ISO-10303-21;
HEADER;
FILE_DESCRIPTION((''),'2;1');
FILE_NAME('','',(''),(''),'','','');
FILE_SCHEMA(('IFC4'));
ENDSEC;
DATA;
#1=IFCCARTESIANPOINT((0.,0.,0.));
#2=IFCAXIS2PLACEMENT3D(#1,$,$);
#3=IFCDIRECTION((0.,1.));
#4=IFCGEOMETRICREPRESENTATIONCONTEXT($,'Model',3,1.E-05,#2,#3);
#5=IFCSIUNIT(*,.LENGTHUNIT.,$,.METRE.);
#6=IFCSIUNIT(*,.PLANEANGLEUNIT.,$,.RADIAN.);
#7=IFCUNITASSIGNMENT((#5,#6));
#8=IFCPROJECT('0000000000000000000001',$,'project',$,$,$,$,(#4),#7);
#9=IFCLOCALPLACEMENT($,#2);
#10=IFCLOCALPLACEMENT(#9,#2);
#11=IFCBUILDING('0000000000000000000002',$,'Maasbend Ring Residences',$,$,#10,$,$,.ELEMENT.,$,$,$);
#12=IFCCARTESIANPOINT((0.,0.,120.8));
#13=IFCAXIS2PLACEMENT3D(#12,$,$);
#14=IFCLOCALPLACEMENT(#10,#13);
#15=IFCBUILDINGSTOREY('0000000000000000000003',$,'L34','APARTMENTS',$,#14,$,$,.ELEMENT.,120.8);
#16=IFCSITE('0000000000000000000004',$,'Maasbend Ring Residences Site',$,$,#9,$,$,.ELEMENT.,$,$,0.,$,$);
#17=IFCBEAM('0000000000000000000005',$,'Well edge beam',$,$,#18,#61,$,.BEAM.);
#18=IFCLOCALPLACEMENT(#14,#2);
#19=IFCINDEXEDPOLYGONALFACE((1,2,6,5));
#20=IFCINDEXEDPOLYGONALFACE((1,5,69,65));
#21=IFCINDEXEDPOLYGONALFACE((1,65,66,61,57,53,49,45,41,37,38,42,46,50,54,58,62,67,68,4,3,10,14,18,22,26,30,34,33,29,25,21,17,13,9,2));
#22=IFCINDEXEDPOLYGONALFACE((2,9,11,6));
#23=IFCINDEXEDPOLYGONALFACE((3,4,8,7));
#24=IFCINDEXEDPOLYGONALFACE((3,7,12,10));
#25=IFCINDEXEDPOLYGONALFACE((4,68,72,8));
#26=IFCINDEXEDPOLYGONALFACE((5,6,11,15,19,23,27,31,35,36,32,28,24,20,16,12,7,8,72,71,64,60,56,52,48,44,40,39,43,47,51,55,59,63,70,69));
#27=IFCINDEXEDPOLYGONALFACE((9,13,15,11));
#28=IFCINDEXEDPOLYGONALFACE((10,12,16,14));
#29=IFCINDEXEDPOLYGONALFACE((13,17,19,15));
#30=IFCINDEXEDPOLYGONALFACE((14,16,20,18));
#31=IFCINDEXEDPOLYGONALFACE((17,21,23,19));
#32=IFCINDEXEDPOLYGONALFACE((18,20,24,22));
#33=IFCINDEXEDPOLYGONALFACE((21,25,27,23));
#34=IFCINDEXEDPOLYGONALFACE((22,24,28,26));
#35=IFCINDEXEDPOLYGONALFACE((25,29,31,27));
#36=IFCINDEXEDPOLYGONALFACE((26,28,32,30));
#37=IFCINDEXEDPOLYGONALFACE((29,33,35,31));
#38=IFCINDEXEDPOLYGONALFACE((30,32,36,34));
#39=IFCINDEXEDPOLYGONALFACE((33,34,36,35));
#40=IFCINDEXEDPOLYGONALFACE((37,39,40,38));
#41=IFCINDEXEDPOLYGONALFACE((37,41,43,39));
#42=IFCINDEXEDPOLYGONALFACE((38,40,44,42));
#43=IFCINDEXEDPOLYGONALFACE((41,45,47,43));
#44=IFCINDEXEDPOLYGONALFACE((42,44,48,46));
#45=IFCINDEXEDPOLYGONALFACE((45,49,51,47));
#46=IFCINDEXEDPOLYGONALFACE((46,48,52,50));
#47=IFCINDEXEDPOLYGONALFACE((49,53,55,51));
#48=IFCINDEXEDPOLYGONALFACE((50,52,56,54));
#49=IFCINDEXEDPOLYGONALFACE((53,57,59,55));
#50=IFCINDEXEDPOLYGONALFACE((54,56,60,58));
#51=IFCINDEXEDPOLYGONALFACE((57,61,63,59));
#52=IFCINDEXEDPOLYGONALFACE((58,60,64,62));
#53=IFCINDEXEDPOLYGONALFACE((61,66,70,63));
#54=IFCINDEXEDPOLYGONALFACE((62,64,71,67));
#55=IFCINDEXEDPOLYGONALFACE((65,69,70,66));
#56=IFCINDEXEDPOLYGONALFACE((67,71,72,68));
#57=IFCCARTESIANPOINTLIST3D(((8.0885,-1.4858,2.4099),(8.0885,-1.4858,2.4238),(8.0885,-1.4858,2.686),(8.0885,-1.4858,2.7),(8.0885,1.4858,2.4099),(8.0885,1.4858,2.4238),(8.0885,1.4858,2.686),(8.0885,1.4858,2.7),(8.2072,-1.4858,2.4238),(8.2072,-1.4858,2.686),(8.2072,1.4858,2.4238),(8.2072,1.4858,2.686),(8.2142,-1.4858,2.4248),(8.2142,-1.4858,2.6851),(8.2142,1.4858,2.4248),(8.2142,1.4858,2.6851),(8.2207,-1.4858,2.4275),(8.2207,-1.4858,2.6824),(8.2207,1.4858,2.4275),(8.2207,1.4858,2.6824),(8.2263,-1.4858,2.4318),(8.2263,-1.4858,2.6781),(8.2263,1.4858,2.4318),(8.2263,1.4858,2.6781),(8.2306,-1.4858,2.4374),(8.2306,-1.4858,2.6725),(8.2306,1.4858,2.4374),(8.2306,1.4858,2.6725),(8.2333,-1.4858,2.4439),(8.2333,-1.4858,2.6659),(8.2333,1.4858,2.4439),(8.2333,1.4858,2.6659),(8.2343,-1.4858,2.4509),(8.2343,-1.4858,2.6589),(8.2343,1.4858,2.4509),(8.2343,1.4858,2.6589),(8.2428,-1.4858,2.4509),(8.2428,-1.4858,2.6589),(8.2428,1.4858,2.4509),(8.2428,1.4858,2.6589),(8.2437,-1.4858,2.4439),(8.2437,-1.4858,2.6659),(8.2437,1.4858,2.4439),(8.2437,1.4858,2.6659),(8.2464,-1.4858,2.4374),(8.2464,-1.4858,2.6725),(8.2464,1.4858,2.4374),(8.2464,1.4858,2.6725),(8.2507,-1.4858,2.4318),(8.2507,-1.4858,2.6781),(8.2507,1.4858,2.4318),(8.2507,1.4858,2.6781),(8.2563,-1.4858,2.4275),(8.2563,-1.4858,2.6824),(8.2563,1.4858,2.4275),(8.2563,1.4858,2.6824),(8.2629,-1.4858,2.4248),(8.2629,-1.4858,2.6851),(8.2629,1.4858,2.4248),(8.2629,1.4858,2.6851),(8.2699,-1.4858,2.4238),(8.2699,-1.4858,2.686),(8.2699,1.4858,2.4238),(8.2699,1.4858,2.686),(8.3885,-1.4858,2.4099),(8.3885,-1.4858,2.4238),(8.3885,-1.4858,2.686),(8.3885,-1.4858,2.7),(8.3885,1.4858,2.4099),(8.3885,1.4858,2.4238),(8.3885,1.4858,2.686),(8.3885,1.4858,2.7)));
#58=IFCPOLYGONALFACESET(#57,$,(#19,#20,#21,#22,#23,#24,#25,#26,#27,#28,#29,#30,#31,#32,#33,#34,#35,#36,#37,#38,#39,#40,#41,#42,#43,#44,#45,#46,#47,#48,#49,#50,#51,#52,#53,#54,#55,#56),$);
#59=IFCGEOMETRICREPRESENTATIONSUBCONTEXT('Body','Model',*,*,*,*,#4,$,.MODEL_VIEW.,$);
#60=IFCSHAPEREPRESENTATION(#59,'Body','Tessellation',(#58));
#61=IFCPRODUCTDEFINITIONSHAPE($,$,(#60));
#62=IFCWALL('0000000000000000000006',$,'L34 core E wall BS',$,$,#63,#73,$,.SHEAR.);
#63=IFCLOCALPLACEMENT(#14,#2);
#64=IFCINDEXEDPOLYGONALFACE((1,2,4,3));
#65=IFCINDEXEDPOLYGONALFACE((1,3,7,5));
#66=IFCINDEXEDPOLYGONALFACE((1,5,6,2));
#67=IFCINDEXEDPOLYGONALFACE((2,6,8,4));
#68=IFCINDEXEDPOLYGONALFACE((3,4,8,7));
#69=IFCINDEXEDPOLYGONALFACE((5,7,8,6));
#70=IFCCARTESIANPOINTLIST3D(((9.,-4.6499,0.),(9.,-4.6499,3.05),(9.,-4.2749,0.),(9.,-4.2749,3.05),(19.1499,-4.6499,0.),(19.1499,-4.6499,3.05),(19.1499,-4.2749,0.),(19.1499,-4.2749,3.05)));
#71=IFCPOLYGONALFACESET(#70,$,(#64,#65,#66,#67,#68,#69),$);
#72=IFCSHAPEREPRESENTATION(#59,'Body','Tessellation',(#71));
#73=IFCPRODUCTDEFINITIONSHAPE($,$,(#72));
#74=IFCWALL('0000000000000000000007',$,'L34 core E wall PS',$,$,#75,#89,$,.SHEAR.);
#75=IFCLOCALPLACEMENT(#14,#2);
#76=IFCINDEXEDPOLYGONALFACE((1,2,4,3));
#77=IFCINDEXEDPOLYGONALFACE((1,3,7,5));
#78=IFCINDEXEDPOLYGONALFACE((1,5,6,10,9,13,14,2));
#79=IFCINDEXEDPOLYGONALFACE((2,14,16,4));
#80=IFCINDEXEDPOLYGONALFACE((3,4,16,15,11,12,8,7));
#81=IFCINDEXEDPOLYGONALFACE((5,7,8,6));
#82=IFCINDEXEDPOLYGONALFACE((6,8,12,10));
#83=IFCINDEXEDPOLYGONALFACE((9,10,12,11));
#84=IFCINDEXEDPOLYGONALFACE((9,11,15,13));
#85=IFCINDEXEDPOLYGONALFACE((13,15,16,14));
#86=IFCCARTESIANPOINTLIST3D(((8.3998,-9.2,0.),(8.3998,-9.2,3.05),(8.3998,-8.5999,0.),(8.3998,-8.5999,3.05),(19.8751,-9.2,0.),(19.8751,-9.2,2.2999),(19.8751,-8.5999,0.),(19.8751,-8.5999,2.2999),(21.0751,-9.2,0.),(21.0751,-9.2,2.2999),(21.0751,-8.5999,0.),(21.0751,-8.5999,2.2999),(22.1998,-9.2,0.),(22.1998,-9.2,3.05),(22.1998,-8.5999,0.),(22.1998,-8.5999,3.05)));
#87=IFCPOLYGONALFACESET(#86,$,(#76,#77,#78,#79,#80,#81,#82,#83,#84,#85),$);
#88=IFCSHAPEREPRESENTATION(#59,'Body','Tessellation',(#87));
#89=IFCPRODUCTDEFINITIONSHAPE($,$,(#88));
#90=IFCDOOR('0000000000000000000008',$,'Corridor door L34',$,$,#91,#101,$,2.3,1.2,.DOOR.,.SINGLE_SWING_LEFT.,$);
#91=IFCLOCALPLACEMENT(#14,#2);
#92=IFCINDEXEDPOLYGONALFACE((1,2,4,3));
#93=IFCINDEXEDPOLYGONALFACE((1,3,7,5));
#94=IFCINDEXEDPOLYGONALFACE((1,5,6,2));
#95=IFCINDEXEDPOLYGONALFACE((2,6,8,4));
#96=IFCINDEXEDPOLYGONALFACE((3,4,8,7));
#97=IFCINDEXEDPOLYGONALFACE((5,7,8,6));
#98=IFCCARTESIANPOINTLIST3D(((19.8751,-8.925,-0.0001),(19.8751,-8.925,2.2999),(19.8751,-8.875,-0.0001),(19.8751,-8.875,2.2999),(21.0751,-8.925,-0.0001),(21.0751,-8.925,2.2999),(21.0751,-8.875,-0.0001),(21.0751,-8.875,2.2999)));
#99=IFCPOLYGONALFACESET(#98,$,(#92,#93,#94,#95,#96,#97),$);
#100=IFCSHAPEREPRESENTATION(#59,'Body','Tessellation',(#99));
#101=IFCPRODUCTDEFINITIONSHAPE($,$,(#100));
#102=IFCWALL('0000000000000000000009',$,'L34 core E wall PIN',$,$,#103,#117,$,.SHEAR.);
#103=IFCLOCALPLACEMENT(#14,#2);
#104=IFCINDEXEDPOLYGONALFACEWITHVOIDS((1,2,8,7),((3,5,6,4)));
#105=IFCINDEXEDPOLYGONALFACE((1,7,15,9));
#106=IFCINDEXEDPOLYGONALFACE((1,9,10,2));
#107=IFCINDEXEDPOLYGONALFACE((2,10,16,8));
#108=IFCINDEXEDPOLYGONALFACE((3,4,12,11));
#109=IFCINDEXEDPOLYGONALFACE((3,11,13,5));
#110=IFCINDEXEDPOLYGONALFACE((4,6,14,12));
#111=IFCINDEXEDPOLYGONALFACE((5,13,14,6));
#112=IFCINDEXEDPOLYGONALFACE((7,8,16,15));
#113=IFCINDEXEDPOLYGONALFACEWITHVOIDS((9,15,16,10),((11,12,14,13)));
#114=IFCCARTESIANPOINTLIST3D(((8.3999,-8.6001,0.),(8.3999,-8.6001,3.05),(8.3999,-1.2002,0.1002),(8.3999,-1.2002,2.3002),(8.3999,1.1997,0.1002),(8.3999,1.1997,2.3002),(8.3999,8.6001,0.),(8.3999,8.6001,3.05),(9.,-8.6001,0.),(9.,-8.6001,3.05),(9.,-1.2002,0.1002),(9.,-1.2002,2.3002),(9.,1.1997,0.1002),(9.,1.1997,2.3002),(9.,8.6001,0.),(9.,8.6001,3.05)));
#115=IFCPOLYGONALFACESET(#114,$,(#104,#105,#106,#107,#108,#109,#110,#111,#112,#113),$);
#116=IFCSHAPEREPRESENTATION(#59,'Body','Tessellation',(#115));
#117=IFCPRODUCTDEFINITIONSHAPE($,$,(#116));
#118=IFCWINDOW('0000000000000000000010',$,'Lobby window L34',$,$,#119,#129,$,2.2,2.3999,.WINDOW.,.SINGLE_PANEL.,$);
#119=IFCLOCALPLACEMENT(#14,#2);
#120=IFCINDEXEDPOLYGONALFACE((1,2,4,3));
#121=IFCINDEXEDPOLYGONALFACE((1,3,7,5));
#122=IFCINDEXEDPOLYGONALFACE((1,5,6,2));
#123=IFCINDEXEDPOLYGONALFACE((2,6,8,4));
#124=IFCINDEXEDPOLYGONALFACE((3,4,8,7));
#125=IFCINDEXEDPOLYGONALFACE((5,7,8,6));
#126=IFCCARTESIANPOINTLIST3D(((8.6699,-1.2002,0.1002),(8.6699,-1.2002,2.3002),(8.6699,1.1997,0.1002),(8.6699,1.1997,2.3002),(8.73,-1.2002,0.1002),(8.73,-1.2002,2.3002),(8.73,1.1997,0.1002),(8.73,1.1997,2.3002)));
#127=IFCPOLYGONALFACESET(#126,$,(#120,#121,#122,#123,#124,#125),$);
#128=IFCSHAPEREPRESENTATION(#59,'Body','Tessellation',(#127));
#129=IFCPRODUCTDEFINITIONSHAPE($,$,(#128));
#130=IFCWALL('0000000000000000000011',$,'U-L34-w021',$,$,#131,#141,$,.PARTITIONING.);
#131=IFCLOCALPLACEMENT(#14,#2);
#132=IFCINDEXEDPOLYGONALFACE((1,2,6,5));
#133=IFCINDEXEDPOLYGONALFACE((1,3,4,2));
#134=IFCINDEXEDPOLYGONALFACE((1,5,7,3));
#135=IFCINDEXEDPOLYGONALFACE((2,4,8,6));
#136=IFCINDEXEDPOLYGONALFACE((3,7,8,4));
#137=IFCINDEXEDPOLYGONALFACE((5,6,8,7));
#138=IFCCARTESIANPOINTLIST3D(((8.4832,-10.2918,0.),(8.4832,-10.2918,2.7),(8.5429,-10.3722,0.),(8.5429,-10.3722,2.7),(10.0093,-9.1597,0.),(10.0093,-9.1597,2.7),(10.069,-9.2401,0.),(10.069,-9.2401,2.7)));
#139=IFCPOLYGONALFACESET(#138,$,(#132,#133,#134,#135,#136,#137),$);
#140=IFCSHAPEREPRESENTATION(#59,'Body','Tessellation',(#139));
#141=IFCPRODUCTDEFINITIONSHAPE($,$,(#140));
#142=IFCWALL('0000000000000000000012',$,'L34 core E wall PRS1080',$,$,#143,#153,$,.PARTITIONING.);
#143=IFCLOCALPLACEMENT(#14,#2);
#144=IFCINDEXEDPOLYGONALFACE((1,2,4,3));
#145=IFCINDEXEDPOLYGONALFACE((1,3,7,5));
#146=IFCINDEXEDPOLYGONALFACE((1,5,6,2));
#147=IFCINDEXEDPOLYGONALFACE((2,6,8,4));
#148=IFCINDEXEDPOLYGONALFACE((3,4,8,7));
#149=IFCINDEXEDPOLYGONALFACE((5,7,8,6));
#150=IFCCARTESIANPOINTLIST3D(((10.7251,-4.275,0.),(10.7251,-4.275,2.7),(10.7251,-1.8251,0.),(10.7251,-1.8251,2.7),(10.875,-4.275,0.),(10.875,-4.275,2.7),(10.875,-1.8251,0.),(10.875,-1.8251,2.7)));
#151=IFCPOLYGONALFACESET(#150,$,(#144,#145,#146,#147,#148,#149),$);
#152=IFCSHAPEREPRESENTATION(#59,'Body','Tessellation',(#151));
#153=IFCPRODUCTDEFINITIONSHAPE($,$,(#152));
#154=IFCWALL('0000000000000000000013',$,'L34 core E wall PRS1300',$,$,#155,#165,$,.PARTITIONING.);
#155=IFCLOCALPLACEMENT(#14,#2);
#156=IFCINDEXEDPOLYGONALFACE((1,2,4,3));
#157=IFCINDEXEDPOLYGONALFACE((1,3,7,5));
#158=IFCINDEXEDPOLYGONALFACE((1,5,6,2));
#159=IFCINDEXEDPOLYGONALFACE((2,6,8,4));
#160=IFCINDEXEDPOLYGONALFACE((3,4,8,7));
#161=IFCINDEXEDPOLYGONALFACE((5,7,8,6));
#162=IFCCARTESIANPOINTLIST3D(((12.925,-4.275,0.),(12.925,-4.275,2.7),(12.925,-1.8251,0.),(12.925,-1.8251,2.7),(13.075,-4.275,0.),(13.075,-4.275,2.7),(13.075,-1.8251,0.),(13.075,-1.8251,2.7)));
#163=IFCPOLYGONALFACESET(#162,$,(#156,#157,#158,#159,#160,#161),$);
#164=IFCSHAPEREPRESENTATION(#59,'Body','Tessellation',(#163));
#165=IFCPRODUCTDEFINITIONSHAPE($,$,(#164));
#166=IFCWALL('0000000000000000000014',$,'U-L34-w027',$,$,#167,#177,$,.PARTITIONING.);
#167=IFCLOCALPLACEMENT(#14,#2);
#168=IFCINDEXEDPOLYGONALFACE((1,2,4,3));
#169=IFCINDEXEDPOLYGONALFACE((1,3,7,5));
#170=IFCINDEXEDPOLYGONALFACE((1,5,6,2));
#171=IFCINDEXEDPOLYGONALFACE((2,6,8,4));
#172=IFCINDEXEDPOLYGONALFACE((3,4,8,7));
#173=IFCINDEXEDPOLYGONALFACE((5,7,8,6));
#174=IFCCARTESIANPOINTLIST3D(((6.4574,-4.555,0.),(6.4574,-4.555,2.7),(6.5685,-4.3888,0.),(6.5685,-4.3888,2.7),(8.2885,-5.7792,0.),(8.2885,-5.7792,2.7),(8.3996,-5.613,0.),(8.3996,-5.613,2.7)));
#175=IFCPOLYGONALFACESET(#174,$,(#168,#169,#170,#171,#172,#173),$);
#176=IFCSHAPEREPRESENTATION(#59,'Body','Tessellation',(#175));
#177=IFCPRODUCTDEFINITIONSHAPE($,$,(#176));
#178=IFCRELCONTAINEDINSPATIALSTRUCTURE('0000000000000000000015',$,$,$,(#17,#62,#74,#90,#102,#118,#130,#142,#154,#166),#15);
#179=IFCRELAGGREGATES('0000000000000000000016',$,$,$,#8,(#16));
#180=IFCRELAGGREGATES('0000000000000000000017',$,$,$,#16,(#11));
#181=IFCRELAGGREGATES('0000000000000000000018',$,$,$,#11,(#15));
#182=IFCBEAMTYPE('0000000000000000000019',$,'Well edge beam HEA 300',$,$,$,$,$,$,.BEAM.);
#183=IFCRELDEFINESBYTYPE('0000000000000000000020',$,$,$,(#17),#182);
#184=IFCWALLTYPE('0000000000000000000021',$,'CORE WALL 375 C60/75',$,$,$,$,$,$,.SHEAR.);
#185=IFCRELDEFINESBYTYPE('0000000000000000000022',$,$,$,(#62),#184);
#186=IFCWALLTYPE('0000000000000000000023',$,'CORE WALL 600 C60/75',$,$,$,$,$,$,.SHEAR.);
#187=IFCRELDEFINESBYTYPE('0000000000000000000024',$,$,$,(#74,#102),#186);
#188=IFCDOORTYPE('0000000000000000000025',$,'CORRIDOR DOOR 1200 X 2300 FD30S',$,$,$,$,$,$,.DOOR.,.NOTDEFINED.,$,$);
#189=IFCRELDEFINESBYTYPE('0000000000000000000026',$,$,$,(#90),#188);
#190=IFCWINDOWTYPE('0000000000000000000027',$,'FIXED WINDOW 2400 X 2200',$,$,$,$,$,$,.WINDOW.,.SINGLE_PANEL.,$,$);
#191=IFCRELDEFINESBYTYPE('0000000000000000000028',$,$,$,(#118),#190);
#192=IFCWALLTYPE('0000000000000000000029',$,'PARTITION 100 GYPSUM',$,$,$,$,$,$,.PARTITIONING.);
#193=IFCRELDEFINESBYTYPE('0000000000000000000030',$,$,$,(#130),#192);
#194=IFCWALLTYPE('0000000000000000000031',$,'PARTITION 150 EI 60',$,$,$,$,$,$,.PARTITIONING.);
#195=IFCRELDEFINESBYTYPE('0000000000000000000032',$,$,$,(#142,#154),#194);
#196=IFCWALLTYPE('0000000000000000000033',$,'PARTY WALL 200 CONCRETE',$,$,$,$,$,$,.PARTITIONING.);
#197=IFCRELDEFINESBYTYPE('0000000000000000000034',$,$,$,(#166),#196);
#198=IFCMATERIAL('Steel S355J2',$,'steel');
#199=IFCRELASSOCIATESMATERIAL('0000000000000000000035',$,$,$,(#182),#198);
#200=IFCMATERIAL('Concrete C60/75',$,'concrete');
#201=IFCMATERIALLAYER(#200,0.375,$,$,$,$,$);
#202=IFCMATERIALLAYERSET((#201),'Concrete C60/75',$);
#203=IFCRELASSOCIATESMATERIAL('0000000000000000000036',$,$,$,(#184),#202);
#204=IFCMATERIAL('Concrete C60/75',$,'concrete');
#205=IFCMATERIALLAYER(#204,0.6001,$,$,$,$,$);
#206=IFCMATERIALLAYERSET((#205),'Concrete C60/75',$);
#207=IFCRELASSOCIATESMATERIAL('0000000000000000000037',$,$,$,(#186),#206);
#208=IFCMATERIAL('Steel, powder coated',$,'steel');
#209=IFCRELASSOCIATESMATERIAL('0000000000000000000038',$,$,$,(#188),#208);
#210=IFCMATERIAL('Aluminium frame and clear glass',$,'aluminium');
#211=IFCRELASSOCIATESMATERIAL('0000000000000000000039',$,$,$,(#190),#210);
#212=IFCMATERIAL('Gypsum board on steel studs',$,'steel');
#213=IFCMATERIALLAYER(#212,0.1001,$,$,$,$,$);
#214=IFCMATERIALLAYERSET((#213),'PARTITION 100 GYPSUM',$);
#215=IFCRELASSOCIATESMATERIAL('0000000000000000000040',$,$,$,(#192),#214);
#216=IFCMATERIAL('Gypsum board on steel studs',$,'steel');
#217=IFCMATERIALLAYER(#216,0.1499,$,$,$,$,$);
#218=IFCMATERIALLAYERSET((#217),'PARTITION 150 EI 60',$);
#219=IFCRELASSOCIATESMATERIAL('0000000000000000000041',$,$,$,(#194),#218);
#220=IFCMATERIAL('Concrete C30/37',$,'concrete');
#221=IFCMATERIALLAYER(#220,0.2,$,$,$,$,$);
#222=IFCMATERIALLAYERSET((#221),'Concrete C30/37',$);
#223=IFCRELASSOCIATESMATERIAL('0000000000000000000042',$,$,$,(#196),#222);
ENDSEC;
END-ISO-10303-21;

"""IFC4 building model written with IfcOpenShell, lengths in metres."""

from ifc_helpers import new_model, si_unit, direction, frame, frame_2d, origin, origin_2d, place, context, subcontext, project, spatial, rectangle, i_section, extrude, material, layer, layer_set, material_profile, profile_set, type_object, element, fill, save


model = new_model("IFC4")

# Units and contexts
model_context = context("Model", 3, precision=1e-05, world=origin(), true_north=direction((0.0, 1.0)))
body_context = subcontext(model_context, "Body", "Model", "MODEL_VIEW")
ifc_project = project(units=[si_unit("LENGTHUNIT", "METRE"), si_unit("PLANEANGLEUNIT", "RADIAN")], contexts=[model_context])

# Site, building, storey
site_placement = place(None, origin())
site = spatial("IfcSite", under=ifc_project, at=site_placement, Name="Maasbend Ring Residences Site", CompositionType="ELEMENT", RefElevation=0.0)
building_placement = place(site_placement, origin())
building = spatial("IfcBuilding", under=site, at=building_placement, Name="Maasbend Ring Residences", CompositionType="ELEMENT")
storey_placement = place(building_placement, frame((0.0, 0.0, 120.8)))
storey = spatial("IfcBuildingStorey", under=building, at=storey_placement, Name="L34", Description="APARTMENTS", CompositionType="ELEMENT", Elevation=120.8)

# Beam
ifc_material_1 = material(Name="Steel S355J2", Category="steel")
ifc_material_profile_1 = material_profile(ifc_material_1, i_section(OverallWidth=0.3, OverallDepth=0.29, WebThickness=0.0085, FlangeThickness=0.0139, FilletRadius=0.0271, at=origin_2d()), Name="HEA 300")
ifc_profile_set_1 = profile_set([ifc_material_profile_1], Name="Steel S355J2")
beam_type = type_object("IfcBeamType", Name="Well edge beam HEA 300", PredefinedType="BEAM", material=ifc_profile_set_1)
for number, where, z_axis, x_axis, name in (
    (1, (8.2385, -1.4858, 2.5549), (0.0, 1.0, 0.0), (-1.0, 0.0, 0.0), "Well edge beam"),
):
    element("IfcBeam", number, at=place(storey_placement, frame(where, z_axis=z_axis, x_axis=x_axis)), inside=storey, type_object=beam_type, Name=name, PredefinedType="BEAM", context=body_context, shape_type="SweptSolid", body=[
        extrude(i_section(OverallWidth=0.3, OverallDepth=0.29, WebThickness=0.0085, FlangeThickness=0.0139, FilletRadius=0.0271, at=origin_2d()), origin(), (0.0, 0.0, 1.0), 2.9717),
    ])

# Wall
ifc_material_2 = material(Name="Concrete C60/75", Category="concrete")
ifc_layer_1 = layer(ifc_material_2, 0.375)
ifc_layer_set_1 = layer_set([ifc_layer_1], Name="Concrete C60/75")
wall_type_1 = type_object("IfcWallType", Name="CORE WALL 375 C60/75", PredefinedType="SHEAR", material=ifc_layer_set_1)
wall_1_placement = place(storey_placement, frame((9.0, -4.4624, 0.0), z_axis=(0.0, 0.0, 1.0), x_axis=(1.0, 0.0, 0.0)))
element("IfcWall", 2, at=wall_1_placement, inside=storey, type_object=wall_type_1, Name="L34 core E wall BS", PredefinedType="SHEAR", context=body_context, shape_type="SweptSolid", body=[
    extrude(rectangle(XDim=10.1499, YDim=0.375, at=frame_2d((5.075, 0.0))), origin(), (0.0, 0.0, 1.0), 3.05),
])

# Wall, opening, door
ifc_material_3 = material(Name="Concrete C60/75", Category="concrete")
ifc_layer_2 = layer(ifc_material_3, 0.6001)
ifc_layer_set_2 = layer_set([ifc_layer_2], Name="Concrete C60/75")
wall_type_2 = type_object("IfcWallType", Name="CORE WALL 600 C60/75", PredefinedType="SHEAR", material=ifc_layer_set_2)
wall_2_placement = place(storey_placement, frame((8.3999, -8.8999, 0.0), z_axis=(0.0, 0.0, 1.0), x_axis=(1.0, 0.0, 0.0)))
wall_2 = element("IfcWall", 3, at=wall_2_placement, inside=storey, type_object=wall_type_2, Name="L34 core E wall PS", PredefinedType="SHEAR", context=body_context, shape_type="SweptSolid", body=[
    extrude(rectangle(XDim=13.8, YDim=0.6001, at=frame_2d((6.8999, 0.0))), origin(), (0.0, 0.0, 1.0), 3.05),
])
opening_1_placement = place(wall_2_placement, frame((11.4751, 0.0, 0.0)))
opening_1 = element("IfcOpeningElement", 4, at=opening_1_placement, cuts=wall_2, PredefinedType="OPENING", context=body_context, shape_type="SweptSolid", body=[
    extrude(rectangle(XDim=1.2, YDim=2.3, at=frame_2d((0.6001, 1.1499))), frame((0.0, 0.3101, 0.0), z_axis=(0.0, -1.0, 0.0), x_axis=(1.0, 0.0, 0.0)), (0.0, 0.0, 1.0), 0.6201),
])
ifc_material_4 = material(Name="Steel, powder coated", Category="steel")
door_type = type_object("IfcDoorType", Name="CORRIDOR DOOR 1200 X 2300 FD30S", OperationType="NOTDEFINED", PredefinedType="DOOR", material=ifc_material_4)
door_placement = place(opening_1_placement, origin())
door = element("IfcDoor", 5, at=door_placement, inside=storey, type_object=door_type, Name="Corridor door L34", OperationType="SINGLE_SWING_LEFT", OverallHeight=2.3, OverallWidth=1.2, PredefinedType="DOOR", context=body_context, shape_type="SweptSolid", body=[
    extrude(rectangle(XDim=1.2, YDim=2.3, at=frame_2d((0.6001, 1.1499))), frame((0.0, 0.0249, 0.0), z_axis=(0.0, -1.0, 0.0), x_axis=(1.0, 0.0, 0.0)), (0.0, 0.0, 1.0), 0.05),
])
fill(opening_1, door)

# Wall, opening, window
wall_3_placement = place(storey_placement, frame((8.7, -8.6001, 0.0), z_axis=(0.0, 0.0, 1.0), x_axis=(0.0, 1.0, 0.0)))
wall_3 = element("IfcWall", 6, at=wall_3_placement, inside=storey, type_object=wall_type_2, Name="L34 core E wall PIN", PredefinedType="SHEAR", context=body_context, shape_type="SweptSolid", body=[
    extrude(rectangle(XDim=17.2002, YDim=0.6001, at=frame_2d((8.6001, 0.0))), origin(), (0.0, 0.0, 1.0), 3.05),
])
opening_2_placement = place(wall_3_placement, frame((7.3999, 0.0, 0.1001)))
opening_2 = element("IfcOpeningElement", 7, at=opening_2_placement, cuts=wall_3, PredefinedType="OPENING", context=body_context, shape_type="SweptSolid", body=[
    extrude(rectangle(XDim=2.3999, YDim=2.2, at=frame_2d((1.2, 1.1001))), frame((0.0, 0.3101, 0.0), z_axis=(0.0, -1.0, 0.0), x_axis=(1.0, 0.0, 0.0)), (0.0, 0.0, 1.0), 0.6201),
])
ifc_material_5 = material(Name="Aluminium frame and clear glass", Category="aluminium")
window_type = type_object("IfcWindowType", Name="FIXED WINDOW 2400 X 2200", PartitioningType="SINGLE_PANEL", PredefinedType="WINDOW", material=ifc_material_5)
window_placement = place(opening_2_placement, origin())
window = element("IfcWindow", 8, at=window_placement, inside=storey, type_object=window_type, Name="Lobby window L34", OverallHeight=2.2, OverallWidth=2.3999, PartitioningType="SINGLE_PANEL", PredefinedType="WINDOW", context=body_context, shape_type="SweptSolid", body=[
    extrude(rectangle(XDim=2.3999, YDim=2.2, at=frame_2d((1.2, 1.1001))), frame((0.0, 0.03, 0.0), z_axis=(0.0, -1.0, 0.0), x_axis=(1.0, 0.0, 0.0)), (0.0, 0.0, 1.0), 0.0601),
])
fill(opening_2, window)

# Walls
ifc_material_6 = material(Name="Gypsum board on steel studs", Category="steel")
ifc_layer_3 = layer(ifc_material_6, 0.1001)
ifc_layer_set_3 = layer_set([ifc_layer_3], Name="PARTITION 100 GYPSUM")
wall_type_3 = type_object("IfcWallType", Name="PARTITION 100 GYPSUM", PredefinedType="PARTITIONING", material=ifc_layer_set_3)
wall_4_placement = place(storey_placement, frame((8.5129, -10.332, 0.0), z_axis=(0.0, 0.0, 1.0), x_axis=(0.80315, 0.595777, 0.0)))
element("IfcWall", 9, at=wall_4_placement, inside=storey, type_object=wall_type_3, Name="U-L34-w021", PredefinedType="PARTITIONING", context=body_context, shape_type="SweptSolid", body=[
    extrude(rectangle(XDim=1.9001, YDim=0.1001, at=frame_2d((0.9502, 0.0))), origin(), (0.0, 0.0, 1.0), 2.7),
])
ifc_material_7 = material(Name="Gypsum board on steel studs", Category="steel")
ifc_layer_4 = layer(ifc_material_7, 0.1499)
ifc_layer_set_4 = layer_set([ifc_layer_4], Name="PARTITION 150 EI 60")
wall_type_4 = type_object("IfcWallType", Name="PARTITION 150 EI 60", PredefinedType="PARTITIONING", material=ifc_layer_set_4)
for number, where, z_axis, x_axis, name in (
    (10, (10.8, -1.825, 0.0), (0.0, 0.0, 1.0), (0.0, -1.0, 0.0), "L34 core E wall PRS1080"),
    (11, (13.0, -1.825, 0.0), (0.0, 0.0, 1.0), (0.0, -1.0, 0.0), "L34 core E wall PRS1300"),
):
    element("IfcWall", number, at=place(storey_placement, frame(where, z_axis=z_axis, x_axis=x_axis)), inside=storey, type_object=wall_type_4, Name=name, PredefinedType="PARTITIONING", context=body_context, shape_type="SweptSolid", body=[
        extrude(rectangle(XDim=2.45, YDim=0.1499, at=frame_2d((1.2251, 0.0))), origin(), (0.0, 0.0, 1.0), 2.7),
    ])
ifc_material_8 = material(Name="Concrete C30/37", Category="concrete")
ifc_layer_5 = layer(ifc_material_8, 0.2)
ifc_layer_set_5 = layer_set([ifc_layer_5], Name="Concrete C30/37")
wall_type_5 = type_object("IfcWallType", Name="PARTY WALL 200 CONCRETE", PredefinedType="PARTITIONING", material=ifc_layer_set_5)
wall_5_placement = place(storey_placement, frame((6.5129, -4.4719, 0.0), z_axis=(0.0, 0.0, 1.0), x_axis=(0.831333, -0.555774, 0.0)))
element("IfcWall", 12, at=wall_5_placement, inside=storey, type_object=wall_type_5, Name="U-L34-w027", PredefinedType="PARTITIONING", context=body_context, shape_type="SweptSolid", body=[
    extrude(rectangle(XDim=2.2026, YDim=0.2, at=frame_2d((1.1013, 0.0))), origin(), (0.0, 0.0, 1.0), 2.7),
])

save(model, "model.ifc")
